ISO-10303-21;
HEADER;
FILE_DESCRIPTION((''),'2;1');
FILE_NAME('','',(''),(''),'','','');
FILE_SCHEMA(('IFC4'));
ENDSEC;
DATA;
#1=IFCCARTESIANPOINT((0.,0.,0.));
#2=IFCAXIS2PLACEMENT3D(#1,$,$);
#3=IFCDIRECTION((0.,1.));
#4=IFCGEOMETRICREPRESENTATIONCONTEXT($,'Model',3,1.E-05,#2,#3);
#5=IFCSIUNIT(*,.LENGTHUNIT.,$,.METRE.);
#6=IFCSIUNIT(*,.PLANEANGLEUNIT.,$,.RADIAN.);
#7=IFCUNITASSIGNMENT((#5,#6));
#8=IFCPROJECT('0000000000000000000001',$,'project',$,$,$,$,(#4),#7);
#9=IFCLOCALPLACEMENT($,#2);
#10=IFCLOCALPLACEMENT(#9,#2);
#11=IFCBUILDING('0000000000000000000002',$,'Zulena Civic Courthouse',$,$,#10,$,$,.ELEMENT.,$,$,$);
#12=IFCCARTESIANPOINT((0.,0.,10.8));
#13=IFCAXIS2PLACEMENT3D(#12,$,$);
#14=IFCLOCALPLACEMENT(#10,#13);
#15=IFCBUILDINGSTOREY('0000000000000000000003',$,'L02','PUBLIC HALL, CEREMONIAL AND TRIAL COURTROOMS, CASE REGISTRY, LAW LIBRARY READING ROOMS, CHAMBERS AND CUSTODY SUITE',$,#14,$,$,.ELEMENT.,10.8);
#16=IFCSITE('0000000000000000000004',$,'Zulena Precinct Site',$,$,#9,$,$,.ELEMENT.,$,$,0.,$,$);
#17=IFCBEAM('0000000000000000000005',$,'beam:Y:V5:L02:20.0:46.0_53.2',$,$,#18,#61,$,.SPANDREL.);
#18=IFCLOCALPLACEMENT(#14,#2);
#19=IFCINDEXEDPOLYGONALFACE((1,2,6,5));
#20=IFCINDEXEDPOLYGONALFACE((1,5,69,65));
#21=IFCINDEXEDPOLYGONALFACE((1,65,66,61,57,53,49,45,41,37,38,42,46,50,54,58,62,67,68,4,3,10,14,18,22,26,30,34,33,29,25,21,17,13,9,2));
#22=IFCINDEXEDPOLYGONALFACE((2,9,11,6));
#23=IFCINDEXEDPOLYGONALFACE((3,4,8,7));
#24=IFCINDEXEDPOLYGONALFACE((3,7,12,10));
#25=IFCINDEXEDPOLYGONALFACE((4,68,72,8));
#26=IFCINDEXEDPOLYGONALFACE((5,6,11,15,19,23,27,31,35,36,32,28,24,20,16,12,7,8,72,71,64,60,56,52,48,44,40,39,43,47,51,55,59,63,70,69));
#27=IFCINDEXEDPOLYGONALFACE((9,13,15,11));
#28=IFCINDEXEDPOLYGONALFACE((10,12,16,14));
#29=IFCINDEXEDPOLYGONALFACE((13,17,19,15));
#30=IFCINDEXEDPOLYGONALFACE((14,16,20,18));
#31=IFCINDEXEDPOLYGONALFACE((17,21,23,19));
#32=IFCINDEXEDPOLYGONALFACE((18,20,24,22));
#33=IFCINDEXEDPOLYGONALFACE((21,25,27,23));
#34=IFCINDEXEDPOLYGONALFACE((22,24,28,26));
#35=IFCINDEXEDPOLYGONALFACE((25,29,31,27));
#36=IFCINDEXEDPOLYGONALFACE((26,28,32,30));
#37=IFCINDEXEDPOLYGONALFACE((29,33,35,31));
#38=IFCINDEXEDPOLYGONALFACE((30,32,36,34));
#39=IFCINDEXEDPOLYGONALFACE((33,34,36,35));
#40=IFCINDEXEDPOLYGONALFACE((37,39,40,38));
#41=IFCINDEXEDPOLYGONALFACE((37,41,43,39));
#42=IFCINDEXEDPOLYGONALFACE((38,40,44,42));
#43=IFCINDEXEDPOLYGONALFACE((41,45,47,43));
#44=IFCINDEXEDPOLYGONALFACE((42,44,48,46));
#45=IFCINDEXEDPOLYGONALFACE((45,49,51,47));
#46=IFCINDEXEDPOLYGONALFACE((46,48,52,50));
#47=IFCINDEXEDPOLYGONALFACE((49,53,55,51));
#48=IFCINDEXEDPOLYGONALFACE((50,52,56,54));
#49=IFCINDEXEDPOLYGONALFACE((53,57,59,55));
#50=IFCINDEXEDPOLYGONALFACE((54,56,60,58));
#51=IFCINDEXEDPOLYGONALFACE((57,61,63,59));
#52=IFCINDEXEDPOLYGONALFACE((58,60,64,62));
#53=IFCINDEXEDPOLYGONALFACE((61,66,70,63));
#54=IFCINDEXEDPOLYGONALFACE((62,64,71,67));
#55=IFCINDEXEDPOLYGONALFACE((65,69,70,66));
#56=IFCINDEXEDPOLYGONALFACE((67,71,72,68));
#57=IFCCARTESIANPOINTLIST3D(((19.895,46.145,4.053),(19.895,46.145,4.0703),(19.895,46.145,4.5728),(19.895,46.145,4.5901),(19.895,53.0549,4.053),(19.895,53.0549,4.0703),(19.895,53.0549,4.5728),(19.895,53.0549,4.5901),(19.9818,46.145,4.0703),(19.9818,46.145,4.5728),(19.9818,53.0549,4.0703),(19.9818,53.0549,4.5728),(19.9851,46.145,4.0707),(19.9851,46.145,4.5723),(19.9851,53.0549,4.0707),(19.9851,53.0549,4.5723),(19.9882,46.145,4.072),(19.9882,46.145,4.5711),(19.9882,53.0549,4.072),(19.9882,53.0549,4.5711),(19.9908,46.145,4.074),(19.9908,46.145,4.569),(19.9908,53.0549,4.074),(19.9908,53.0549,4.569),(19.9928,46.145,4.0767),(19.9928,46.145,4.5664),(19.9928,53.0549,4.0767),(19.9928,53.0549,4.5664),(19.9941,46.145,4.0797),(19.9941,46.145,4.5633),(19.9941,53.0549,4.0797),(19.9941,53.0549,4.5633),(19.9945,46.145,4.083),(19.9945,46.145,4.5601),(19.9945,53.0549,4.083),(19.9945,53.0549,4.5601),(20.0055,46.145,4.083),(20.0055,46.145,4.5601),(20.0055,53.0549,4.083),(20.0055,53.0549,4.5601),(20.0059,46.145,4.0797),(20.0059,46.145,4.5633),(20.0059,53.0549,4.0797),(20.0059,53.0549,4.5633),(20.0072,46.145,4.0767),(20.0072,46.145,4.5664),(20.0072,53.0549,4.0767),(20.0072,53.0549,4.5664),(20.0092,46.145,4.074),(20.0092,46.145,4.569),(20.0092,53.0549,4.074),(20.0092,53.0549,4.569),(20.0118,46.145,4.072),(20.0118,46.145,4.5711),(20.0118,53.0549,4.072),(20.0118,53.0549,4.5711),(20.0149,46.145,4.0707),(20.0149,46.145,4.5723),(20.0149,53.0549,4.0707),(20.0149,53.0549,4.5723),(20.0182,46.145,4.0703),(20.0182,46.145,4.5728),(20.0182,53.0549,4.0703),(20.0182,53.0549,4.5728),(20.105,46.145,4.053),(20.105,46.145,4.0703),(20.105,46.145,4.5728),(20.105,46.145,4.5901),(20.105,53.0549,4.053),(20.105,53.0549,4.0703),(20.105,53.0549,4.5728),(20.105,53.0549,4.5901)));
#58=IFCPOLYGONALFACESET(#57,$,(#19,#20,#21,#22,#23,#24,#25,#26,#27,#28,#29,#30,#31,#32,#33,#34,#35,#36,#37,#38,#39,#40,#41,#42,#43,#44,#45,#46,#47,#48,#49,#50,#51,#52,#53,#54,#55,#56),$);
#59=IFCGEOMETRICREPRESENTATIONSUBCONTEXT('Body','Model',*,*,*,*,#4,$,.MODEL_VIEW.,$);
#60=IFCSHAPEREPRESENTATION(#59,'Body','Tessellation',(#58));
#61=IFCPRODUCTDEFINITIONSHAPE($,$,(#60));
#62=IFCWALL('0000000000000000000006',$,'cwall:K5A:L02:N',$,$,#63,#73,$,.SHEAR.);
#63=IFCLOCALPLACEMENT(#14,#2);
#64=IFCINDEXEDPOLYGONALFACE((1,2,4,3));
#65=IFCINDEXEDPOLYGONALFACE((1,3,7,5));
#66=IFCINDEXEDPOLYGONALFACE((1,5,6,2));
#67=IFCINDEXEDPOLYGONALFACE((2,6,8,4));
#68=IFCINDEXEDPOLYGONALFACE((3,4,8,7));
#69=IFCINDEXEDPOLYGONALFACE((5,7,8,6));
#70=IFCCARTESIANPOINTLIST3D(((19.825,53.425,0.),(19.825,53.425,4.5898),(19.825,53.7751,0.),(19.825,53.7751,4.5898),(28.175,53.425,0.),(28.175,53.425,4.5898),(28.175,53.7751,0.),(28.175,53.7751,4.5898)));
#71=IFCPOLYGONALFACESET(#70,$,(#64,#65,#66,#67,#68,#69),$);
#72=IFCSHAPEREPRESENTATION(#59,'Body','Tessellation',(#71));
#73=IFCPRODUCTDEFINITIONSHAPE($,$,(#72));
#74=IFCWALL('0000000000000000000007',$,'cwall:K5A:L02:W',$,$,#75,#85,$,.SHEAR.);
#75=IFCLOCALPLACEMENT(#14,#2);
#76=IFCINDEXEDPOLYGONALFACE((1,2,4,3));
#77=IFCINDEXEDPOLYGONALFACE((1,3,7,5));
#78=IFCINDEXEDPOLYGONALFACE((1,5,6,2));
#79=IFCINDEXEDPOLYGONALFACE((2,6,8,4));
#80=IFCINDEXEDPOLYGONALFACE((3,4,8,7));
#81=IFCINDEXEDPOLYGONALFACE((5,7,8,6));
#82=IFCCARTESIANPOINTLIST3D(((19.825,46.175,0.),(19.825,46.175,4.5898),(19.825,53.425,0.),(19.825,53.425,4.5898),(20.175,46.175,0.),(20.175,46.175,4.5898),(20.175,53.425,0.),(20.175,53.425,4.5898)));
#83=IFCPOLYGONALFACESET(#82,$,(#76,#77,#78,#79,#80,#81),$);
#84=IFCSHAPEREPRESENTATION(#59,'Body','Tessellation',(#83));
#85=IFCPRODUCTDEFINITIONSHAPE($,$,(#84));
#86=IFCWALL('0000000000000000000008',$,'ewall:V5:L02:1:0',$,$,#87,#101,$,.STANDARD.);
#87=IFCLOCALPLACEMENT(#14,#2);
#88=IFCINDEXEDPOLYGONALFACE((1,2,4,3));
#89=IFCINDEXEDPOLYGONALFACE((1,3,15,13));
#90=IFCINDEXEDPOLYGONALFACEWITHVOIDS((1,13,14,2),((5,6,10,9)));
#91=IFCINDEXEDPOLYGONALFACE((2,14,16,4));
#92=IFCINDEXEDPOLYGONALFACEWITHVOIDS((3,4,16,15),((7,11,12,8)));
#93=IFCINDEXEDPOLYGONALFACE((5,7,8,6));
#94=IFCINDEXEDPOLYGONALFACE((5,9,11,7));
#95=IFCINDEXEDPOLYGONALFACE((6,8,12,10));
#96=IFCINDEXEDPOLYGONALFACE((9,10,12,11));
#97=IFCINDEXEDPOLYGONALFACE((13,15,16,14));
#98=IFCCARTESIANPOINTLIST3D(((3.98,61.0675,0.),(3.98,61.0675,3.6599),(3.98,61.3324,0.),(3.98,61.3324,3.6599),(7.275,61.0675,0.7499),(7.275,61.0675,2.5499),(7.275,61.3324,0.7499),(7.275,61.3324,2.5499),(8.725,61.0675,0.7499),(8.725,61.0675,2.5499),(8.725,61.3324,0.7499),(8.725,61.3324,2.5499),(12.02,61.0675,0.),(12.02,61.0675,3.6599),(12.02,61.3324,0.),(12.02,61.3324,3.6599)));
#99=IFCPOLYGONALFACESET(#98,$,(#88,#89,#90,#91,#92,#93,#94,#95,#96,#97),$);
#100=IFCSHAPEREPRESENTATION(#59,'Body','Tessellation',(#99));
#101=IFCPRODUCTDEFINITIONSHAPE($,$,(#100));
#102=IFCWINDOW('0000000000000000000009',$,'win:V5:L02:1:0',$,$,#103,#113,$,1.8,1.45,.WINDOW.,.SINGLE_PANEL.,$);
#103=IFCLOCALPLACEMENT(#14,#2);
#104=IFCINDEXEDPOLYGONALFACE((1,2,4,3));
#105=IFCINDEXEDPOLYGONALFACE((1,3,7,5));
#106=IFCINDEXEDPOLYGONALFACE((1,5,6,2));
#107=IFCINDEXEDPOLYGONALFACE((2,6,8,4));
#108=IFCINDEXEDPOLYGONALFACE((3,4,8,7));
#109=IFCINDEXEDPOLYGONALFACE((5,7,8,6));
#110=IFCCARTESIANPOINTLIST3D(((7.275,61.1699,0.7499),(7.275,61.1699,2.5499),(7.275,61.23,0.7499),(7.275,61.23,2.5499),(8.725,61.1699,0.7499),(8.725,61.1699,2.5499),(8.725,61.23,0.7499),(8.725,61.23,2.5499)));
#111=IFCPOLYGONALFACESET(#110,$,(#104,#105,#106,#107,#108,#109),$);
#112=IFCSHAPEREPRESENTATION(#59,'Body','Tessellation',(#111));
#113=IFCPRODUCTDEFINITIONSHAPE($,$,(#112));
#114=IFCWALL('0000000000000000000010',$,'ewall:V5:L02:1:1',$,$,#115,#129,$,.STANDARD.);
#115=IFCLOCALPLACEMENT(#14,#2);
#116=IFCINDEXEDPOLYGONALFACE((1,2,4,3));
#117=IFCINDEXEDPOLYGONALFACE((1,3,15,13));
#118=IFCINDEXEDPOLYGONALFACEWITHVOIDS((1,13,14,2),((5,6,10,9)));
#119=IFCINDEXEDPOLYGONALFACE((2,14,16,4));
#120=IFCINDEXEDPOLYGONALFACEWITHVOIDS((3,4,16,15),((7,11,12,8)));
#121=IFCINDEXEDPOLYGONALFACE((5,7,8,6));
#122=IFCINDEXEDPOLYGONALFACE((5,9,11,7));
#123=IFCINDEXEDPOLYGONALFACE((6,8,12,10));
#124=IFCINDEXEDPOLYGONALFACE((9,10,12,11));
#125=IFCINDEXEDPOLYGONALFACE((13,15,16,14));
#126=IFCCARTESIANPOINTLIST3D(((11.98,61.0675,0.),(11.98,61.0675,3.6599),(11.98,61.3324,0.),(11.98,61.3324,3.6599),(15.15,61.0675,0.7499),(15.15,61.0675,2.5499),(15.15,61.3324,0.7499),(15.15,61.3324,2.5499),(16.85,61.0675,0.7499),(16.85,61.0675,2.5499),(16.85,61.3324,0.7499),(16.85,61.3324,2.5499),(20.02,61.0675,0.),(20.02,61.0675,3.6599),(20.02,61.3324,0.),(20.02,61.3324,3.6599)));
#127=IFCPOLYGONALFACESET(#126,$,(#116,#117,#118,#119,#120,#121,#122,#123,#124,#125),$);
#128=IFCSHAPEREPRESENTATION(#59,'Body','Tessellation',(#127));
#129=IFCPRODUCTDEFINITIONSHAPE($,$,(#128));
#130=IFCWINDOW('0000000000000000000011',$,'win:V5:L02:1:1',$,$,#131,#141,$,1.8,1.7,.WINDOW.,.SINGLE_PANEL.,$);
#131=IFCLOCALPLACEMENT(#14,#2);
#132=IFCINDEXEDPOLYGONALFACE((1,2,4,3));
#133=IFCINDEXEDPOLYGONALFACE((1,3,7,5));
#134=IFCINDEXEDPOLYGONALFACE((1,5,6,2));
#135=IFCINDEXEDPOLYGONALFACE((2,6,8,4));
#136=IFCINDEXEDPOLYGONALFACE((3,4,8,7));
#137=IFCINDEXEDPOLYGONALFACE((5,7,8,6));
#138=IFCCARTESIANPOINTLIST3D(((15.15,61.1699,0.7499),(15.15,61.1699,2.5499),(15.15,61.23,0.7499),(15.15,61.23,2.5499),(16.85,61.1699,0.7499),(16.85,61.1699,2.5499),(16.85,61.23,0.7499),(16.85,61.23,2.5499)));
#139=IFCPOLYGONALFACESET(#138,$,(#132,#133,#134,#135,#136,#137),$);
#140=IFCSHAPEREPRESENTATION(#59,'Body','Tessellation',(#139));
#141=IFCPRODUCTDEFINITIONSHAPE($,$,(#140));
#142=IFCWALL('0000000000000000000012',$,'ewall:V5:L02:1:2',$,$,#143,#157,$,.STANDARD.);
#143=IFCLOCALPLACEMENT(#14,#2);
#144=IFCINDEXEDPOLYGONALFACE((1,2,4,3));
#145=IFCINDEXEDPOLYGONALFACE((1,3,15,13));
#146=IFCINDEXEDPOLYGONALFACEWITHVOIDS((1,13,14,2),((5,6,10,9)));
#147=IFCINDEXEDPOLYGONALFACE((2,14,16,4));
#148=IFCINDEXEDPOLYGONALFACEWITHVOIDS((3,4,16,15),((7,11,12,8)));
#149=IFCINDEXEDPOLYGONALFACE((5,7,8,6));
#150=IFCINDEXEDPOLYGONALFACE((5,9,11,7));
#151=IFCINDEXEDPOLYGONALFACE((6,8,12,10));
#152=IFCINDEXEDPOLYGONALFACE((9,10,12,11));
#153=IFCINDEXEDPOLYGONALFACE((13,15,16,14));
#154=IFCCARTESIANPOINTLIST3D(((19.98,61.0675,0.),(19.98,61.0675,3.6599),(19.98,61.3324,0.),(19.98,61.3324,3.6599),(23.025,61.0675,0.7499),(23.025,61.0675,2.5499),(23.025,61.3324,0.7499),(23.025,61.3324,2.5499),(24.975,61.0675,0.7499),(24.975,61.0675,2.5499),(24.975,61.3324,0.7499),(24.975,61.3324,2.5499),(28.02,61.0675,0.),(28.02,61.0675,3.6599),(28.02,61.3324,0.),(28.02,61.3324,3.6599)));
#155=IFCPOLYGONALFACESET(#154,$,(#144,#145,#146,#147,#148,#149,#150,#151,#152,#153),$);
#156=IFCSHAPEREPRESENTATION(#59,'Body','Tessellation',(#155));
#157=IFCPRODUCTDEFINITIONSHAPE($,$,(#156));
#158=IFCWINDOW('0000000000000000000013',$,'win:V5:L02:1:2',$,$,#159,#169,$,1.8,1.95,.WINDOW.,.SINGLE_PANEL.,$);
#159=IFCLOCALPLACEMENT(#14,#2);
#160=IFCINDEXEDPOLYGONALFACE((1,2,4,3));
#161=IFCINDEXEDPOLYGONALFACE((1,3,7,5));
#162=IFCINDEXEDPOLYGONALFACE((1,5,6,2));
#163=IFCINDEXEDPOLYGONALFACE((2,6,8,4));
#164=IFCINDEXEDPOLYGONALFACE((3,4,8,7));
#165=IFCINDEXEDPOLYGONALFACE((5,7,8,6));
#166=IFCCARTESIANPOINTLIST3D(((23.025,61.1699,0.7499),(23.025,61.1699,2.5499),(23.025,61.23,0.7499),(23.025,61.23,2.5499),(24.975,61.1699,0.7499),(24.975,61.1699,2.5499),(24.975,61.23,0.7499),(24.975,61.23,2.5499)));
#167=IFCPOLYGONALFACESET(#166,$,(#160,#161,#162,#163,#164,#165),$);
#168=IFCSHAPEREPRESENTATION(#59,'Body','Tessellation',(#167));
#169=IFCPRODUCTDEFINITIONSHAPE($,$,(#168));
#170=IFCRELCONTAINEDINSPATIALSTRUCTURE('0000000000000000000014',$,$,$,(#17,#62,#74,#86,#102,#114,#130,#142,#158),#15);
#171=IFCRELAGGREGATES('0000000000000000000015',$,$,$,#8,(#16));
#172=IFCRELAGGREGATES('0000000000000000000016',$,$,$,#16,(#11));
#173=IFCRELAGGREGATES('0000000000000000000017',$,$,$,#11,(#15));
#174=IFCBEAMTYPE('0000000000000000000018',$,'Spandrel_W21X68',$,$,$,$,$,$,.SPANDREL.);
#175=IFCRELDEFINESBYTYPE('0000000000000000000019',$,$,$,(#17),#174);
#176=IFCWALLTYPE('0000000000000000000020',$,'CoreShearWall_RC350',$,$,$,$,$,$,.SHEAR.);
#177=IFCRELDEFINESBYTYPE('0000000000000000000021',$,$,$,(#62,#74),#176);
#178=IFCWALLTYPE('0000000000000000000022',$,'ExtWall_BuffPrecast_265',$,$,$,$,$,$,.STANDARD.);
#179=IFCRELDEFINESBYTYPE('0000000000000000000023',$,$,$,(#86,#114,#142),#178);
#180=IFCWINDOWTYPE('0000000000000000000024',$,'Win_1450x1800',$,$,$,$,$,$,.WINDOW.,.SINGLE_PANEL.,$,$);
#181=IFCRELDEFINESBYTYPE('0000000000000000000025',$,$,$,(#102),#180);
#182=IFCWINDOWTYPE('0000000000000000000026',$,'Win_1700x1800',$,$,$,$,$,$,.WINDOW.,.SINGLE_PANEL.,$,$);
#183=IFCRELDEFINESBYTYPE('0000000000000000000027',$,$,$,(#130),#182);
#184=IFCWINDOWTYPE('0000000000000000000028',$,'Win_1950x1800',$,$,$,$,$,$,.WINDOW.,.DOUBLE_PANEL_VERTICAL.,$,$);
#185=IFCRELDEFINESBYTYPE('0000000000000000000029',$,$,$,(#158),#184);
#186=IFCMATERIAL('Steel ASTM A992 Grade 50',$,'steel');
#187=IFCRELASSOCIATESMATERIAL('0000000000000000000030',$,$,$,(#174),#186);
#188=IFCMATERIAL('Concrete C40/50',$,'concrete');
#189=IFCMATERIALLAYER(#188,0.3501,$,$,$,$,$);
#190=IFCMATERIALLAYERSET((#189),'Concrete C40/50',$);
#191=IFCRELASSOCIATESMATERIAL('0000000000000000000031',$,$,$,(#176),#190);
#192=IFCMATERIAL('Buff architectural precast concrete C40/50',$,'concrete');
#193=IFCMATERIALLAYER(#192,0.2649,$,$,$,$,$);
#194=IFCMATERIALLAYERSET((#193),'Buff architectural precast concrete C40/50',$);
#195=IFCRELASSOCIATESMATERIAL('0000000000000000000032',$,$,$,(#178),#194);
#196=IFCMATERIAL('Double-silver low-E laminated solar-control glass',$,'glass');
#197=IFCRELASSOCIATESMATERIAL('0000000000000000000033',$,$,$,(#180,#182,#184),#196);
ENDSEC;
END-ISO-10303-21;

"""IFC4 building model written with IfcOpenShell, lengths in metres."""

from ifc_helpers import new_model, si_unit, direction, frame, frame_2d, origin, origin_2d, place, context, subcontext, project, spatial, rectangle, i_section, extrude, material, layer, layer_set, material_profile, profile_set, type_object, element, fill, save


model = new_model("IFC4")

# Units and contexts
model_context = context("Model", 3, precision=1e-05, world=origin(), true_north=direction((0.0, 1.0)))
body_context = subcontext(model_context, "Body", "Model", "MODEL_VIEW")
ifc_project = project(units=[si_unit("LENGTHUNIT", "METRE"), si_unit("PLANEANGLEUNIT", "RADIAN")], contexts=[model_context])

# Site, building, storey
site_placement = place(None, origin())
site = spatial("IfcSite", under=ifc_project, at=site_placement, Name="Zulena Precinct Site", CompositionType="ELEMENT", RefElevation=0.0)
building_placement = place(site_placement, origin())
building = spatial("IfcBuilding", under=site, at=building_placement, Name="Zulena Civic Courthouse", CompositionType="ELEMENT")
storey_placement = place(building_placement, frame((0.0, 0.0, 10.8)))
storey = spatial("IfcBuildingStorey", under=building, at=storey_placement, Name="L02", Description="PUBLIC HALL, CEREMONIAL AND TRIAL COURTROOMS, CASE REGISTRY, LAW LIBRARY READING ROOMS, CHAMBERS AND CUSTODY SUITE", CompositionType="ELEMENT", Elevation=10.8)

# Shared definitions
ifc_material_1 = material(Name="Steel ASTM A992 Grade 50", Category="steel")

# Beam
ifc_material_profile_1 = material_profile(ifc_material_1, i_section(OverallWidth=0.21, OverallDepth=0.5371, WebThickness=0.011, FlangeThickness=0.0173, FilletRadius=0.0127, at=origin_2d()), Name="W21X68")
ifc_profile_set_1 = profile_set([ifc_material_profile_1], Name="Steel ASTM A992 Grade 50")
beam_type_1 = type_object("IfcBeamType", Name="Spandrel_W21X68", PredefinedType="SPANDREL", material=ifc_profile_set_1)
for number, where, z_axis, x_axis, name in (
    (1, (20.0, 46.145, 4.3215), (0.0, 1.0, 0.0), (-1.0, 0.0, 0.0), "beam:Y:V5:L02:20.0:46.0_53.2"),
):
    element("IfcBeam", number, at=place(storey_placement, frame(where, z_axis=z_axis, x_axis=x_axis)), inside=storey, type_object=beam_type_1, Name=name, PredefinedType="SPANDREL", context=body_context, shape_type="SweptSolid", body=[
        extrude(i_section(OverallWidth=0.21, OverallDepth=0.5371, WebThickness=0.011, FlangeThickness=0.0173, FilletRadius=0.0127, at=origin_2d()), origin(), (0.0, 0.0, 1.0), 6.9099),
    ])

# Walls
ifc_material_2 = material(Name="Concrete C40/50", Category="concrete")
ifc_layer_1 = layer(ifc_material_2, 0.3501)
ifc_layer_set_1 = layer_set([ifc_layer_1], Name="Concrete C40/50")
wall_type_1 = type_object("IfcWallType", Name="CoreShearWall_RC350", PredefinedType="SHEAR", material=ifc_layer_set_1)
wall_1_placement = place(storey_placement, frame((19.825, 53.6001, 0.0), z_axis=(0.0, 0.0, 1.0), x_axis=(1.0, 0.0, 0.0)))
element("IfcWall", 2, at=wall_1_placement, inside=storey, type_object=wall_type_1, Name="cwall:K5A:L02:N", PredefinedType="SHEAR", context=body_context, shape_type="SweptSolid", body=[
    extrude(rectangle(XDim=8.3501, YDim=0.3501, at=frame_2d((4.175, 0.0))), origin(), (0.0, 0.0, 1.0), 4.5898),
])
wall_2_placement = place(storey_placement, frame((20.0, 46.175, 0.0), z_axis=(0.0, 0.0, 1.0), x_axis=(0.0, 1.0, 0.0)))
element("IfcWall", 3, at=wall_2_placement, inside=storey, type_object=wall_type_1, Name="cwall:K5A:L02:W", PredefinedType="SHEAR", context=body_context, shape_type="SweptSolid", body=[
    extrude(rectangle(XDim=7.25, YDim=0.3501, at=frame_2d((3.625, 0.0))), origin(), (0.0, 0.0, 1.0), 4.5898),
])

# Walls, openings, windows
ifc_material_3 = material(Name="Buff architectural precast concrete C40/50", Category="concrete")
ifc_layer_2 = layer(ifc_material_3, 0.2649)
ifc_layer_set_2 = layer_set([ifc_layer_2], Name="Buff architectural precast concrete C40/50")
wall_type_2 = type_object("IfcWallType", Name="ExtWall_BuffPrecast_265", PredefinedType="STANDARD", material=ifc_layer_set_2)
wall_3_placement = place(storey_placement, frame((3.98, 61.2, 0.0), z_axis=(0.0, 0.0, 1.0), x_axis=(1.0, 0.0, 0.0)))
wall_3 = element("IfcWall", 4, at=wall_3_placement, inside=storey, type_object=wall_type_2, Name="ewall:V5:L02:1:0", PredefinedType="STANDARD", context=body_context, shape_type="SweptSolid", body=[
    extrude(rectangle(XDim=8.04, YDim=0.2649, at=frame_2d((4.02, 0.0))), origin(), (0.0, 0.0, 1.0), 3.6599),
])
opening_1_placement = place(wall_3_placement, frame((3.2949, 0.0, 0.75)))
opening_1 = element("IfcOpeningElement", 5, at=opening_1_placement, cuts=wall_3, PredefinedType="OPENING", context=body_context, shape_type="SweptSolid", body=[
    extrude(rectangle(XDim=1.45, YDim=1.8, at=frame_2d((0.7251, 0.8999))), frame((0.0, 0.1423, 0.0), z_axis=(0.0, -1.0, 0.0), x_axis=(1.0, 0.0, 0.0)), (0.0, 0.0, 1.0), 0.2849),
])
ifc_material_4 = material(Name="Double-silver low-E laminated solar-control glass", Category="glass")
window_type_1 = type_object("IfcWindowType", Name="Win_1450x1800", PartitioningType="SINGLE_PANEL", PredefinedType="WINDOW", material=ifc_material_4)
window_1_placement = place(opening_1_placement, origin())
window_1 = element("IfcWindow", 6, at=window_1_placement, inside=storey, type_object=window_type_1, Name="win:V5:L02:1:0", OverallHeight=1.8, OverallWidth=1.45, PartitioningType="SINGLE_PANEL", PredefinedType="WINDOW", context=body_context, shape_type="SweptSolid", body=[
    extrude(rectangle(XDim=1.45, YDim=1.8, at=frame_2d((0.7251, 0.8999))), frame((0.0, 0.03, 0.0), z_axis=(0.0, -1.0, 0.0), x_axis=(1.0, 0.0, 0.0)), (0.0, 0.0, 1.0), 0.0601),
])
fill(opening_1, window_1)
wall_4_placement = place(storey_placement, frame((11.98, 61.2, 0.0), z_axis=(0.0, 0.0, 1.0), x_axis=(1.0, 0.0, 0.0)))
wall_4 = element("IfcWall", 7, at=wall_4_placement, inside=storey, type_object=wall_type_2, Name="ewall:V5:L02:1:1", PredefinedType="STANDARD", context=body_context, shape_type="SweptSolid", body=[
    extrude(rectangle(XDim=8.04, YDim=0.2649, at=frame_2d((4.02, 0.0))), origin(), (0.0, 0.0, 1.0), 3.6599),
])
opening_2_placement = place(wall_4_placement, frame((3.1699, 0.0, 0.75)))
opening_2 = element("IfcOpeningElement", 8, at=opening_2_placement, cuts=wall_4, PredefinedType="OPENING", context=body_context, shape_type="SweptSolid", body=[
    extrude(rectangle(XDim=1.7, YDim=1.8, at=frame_2d((0.8501, 0.8999))), frame((0.0, 0.1423, 0.0), z_axis=(0.0, -1.0, 0.0), x_axis=(1.0, 0.0, 0.0)), (0.0, 0.0, 1.0), 0.2849),
])
window_type_2 = type_object("IfcWindowType", Name="Win_1700x1800", PartitioningType="SINGLE_PANEL", PredefinedType="WINDOW", material=ifc_material_4)
window_2_placement = place(opening_2_placement, origin())
window_2 = element("IfcWindow", 9, at=window_2_placement, inside=storey, type_object=window_type_2, Name="win:V5:L02:1:1", OverallHeight=1.8, OverallWidth=1.7, PartitioningType="SINGLE_PANEL", PredefinedType="WINDOW", context=body_context, shape_type="SweptSolid", body=[
    extrude(rectangle(XDim=1.7, YDim=1.8, at=frame_2d((0.8501, 0.8999))), frame((0.0, 0.03, 0.0), z_axis=(0.0, -1.0, 0.0), x_axis=(1.0, 0.0, 0.0)), (0.0, 0.0, 1.0), 0.0601),
])
fill(opening_2, window_2)
wall_5_placement = place(storey_placement, frame((19.98, 61.2, 0.0), z_axis=(0.0, 0.0, 1.0), x_axis=(1.0, 0.0, 0.0)))
wall_5 = element("IfcWall", 10, at=wall_5_placement, inside=storey, type_object=wall_type_2, Name="ewall:V5:L02:1:2", PredefinedType="STANDARD", context=body_context, shape_type="SweptSolid", body=[
    extrude(rectangle(XDim=8.04, YDim=0.2649, at=frame_2d((4.02, 0.0))), origin(), (0.0, 0.0, 1.0), 3.6599),
])
opening_3_placement = place(wall_5_placement, frame((3.0449, 0.0, 0.75)))
opening_3 = element("IfcOpeningElement", 11, at=opening_3_placement, cuts=wall_5, PredefinedType="OPENING", context=body_context, shape_type="SweptSolid", body=[
    extrude(rectangle(XDim=1.95, YDim=1.8, at=frame_2d((0.9751, 0.8999))), frame((0.0, 0.1423, 0.0), z_axis=(0.0, -1.0, 0.0), x_axis=(1.0, 0.0, 0.0)), (0.0, 0.0, 1.0), 0.2849),
])
window_type_3 = type_object("IfcWindowType", Name="Win_1950x1800", PartitioningType="DOUBLE_PANEL_VERTICAL", PredefinedType="WINDOW", material=ifc_material_4)
window_3_placement = place(opening_3_placement, origin())
window_3 = element("IfcWindow", 12, at=window_3_placement, inside=storey, type_object=window_type_3, Name="win:V5:L02:1:2", OverallHeight=1.8, OverallWidth=1.95, PartitioningType="SINGLE_PANEL", PredefinedType="WINDOW", context=body_context, shape_type="SweptSolid", body=[
    extrude(rectangle(XDim=1.95, YDim=1.8, at=frame_2d((0.9751, 0.8999))), frame((0.0, 0.03, 0.0), z_axis=(0.0, -1.0, 0.0), x_axis=(1.0, 0.0, 0.0)), (0.0, 0.0, 1.0), 0.0601),
])
fill(opening_3, window_3)

save(model, "model.ifc")
